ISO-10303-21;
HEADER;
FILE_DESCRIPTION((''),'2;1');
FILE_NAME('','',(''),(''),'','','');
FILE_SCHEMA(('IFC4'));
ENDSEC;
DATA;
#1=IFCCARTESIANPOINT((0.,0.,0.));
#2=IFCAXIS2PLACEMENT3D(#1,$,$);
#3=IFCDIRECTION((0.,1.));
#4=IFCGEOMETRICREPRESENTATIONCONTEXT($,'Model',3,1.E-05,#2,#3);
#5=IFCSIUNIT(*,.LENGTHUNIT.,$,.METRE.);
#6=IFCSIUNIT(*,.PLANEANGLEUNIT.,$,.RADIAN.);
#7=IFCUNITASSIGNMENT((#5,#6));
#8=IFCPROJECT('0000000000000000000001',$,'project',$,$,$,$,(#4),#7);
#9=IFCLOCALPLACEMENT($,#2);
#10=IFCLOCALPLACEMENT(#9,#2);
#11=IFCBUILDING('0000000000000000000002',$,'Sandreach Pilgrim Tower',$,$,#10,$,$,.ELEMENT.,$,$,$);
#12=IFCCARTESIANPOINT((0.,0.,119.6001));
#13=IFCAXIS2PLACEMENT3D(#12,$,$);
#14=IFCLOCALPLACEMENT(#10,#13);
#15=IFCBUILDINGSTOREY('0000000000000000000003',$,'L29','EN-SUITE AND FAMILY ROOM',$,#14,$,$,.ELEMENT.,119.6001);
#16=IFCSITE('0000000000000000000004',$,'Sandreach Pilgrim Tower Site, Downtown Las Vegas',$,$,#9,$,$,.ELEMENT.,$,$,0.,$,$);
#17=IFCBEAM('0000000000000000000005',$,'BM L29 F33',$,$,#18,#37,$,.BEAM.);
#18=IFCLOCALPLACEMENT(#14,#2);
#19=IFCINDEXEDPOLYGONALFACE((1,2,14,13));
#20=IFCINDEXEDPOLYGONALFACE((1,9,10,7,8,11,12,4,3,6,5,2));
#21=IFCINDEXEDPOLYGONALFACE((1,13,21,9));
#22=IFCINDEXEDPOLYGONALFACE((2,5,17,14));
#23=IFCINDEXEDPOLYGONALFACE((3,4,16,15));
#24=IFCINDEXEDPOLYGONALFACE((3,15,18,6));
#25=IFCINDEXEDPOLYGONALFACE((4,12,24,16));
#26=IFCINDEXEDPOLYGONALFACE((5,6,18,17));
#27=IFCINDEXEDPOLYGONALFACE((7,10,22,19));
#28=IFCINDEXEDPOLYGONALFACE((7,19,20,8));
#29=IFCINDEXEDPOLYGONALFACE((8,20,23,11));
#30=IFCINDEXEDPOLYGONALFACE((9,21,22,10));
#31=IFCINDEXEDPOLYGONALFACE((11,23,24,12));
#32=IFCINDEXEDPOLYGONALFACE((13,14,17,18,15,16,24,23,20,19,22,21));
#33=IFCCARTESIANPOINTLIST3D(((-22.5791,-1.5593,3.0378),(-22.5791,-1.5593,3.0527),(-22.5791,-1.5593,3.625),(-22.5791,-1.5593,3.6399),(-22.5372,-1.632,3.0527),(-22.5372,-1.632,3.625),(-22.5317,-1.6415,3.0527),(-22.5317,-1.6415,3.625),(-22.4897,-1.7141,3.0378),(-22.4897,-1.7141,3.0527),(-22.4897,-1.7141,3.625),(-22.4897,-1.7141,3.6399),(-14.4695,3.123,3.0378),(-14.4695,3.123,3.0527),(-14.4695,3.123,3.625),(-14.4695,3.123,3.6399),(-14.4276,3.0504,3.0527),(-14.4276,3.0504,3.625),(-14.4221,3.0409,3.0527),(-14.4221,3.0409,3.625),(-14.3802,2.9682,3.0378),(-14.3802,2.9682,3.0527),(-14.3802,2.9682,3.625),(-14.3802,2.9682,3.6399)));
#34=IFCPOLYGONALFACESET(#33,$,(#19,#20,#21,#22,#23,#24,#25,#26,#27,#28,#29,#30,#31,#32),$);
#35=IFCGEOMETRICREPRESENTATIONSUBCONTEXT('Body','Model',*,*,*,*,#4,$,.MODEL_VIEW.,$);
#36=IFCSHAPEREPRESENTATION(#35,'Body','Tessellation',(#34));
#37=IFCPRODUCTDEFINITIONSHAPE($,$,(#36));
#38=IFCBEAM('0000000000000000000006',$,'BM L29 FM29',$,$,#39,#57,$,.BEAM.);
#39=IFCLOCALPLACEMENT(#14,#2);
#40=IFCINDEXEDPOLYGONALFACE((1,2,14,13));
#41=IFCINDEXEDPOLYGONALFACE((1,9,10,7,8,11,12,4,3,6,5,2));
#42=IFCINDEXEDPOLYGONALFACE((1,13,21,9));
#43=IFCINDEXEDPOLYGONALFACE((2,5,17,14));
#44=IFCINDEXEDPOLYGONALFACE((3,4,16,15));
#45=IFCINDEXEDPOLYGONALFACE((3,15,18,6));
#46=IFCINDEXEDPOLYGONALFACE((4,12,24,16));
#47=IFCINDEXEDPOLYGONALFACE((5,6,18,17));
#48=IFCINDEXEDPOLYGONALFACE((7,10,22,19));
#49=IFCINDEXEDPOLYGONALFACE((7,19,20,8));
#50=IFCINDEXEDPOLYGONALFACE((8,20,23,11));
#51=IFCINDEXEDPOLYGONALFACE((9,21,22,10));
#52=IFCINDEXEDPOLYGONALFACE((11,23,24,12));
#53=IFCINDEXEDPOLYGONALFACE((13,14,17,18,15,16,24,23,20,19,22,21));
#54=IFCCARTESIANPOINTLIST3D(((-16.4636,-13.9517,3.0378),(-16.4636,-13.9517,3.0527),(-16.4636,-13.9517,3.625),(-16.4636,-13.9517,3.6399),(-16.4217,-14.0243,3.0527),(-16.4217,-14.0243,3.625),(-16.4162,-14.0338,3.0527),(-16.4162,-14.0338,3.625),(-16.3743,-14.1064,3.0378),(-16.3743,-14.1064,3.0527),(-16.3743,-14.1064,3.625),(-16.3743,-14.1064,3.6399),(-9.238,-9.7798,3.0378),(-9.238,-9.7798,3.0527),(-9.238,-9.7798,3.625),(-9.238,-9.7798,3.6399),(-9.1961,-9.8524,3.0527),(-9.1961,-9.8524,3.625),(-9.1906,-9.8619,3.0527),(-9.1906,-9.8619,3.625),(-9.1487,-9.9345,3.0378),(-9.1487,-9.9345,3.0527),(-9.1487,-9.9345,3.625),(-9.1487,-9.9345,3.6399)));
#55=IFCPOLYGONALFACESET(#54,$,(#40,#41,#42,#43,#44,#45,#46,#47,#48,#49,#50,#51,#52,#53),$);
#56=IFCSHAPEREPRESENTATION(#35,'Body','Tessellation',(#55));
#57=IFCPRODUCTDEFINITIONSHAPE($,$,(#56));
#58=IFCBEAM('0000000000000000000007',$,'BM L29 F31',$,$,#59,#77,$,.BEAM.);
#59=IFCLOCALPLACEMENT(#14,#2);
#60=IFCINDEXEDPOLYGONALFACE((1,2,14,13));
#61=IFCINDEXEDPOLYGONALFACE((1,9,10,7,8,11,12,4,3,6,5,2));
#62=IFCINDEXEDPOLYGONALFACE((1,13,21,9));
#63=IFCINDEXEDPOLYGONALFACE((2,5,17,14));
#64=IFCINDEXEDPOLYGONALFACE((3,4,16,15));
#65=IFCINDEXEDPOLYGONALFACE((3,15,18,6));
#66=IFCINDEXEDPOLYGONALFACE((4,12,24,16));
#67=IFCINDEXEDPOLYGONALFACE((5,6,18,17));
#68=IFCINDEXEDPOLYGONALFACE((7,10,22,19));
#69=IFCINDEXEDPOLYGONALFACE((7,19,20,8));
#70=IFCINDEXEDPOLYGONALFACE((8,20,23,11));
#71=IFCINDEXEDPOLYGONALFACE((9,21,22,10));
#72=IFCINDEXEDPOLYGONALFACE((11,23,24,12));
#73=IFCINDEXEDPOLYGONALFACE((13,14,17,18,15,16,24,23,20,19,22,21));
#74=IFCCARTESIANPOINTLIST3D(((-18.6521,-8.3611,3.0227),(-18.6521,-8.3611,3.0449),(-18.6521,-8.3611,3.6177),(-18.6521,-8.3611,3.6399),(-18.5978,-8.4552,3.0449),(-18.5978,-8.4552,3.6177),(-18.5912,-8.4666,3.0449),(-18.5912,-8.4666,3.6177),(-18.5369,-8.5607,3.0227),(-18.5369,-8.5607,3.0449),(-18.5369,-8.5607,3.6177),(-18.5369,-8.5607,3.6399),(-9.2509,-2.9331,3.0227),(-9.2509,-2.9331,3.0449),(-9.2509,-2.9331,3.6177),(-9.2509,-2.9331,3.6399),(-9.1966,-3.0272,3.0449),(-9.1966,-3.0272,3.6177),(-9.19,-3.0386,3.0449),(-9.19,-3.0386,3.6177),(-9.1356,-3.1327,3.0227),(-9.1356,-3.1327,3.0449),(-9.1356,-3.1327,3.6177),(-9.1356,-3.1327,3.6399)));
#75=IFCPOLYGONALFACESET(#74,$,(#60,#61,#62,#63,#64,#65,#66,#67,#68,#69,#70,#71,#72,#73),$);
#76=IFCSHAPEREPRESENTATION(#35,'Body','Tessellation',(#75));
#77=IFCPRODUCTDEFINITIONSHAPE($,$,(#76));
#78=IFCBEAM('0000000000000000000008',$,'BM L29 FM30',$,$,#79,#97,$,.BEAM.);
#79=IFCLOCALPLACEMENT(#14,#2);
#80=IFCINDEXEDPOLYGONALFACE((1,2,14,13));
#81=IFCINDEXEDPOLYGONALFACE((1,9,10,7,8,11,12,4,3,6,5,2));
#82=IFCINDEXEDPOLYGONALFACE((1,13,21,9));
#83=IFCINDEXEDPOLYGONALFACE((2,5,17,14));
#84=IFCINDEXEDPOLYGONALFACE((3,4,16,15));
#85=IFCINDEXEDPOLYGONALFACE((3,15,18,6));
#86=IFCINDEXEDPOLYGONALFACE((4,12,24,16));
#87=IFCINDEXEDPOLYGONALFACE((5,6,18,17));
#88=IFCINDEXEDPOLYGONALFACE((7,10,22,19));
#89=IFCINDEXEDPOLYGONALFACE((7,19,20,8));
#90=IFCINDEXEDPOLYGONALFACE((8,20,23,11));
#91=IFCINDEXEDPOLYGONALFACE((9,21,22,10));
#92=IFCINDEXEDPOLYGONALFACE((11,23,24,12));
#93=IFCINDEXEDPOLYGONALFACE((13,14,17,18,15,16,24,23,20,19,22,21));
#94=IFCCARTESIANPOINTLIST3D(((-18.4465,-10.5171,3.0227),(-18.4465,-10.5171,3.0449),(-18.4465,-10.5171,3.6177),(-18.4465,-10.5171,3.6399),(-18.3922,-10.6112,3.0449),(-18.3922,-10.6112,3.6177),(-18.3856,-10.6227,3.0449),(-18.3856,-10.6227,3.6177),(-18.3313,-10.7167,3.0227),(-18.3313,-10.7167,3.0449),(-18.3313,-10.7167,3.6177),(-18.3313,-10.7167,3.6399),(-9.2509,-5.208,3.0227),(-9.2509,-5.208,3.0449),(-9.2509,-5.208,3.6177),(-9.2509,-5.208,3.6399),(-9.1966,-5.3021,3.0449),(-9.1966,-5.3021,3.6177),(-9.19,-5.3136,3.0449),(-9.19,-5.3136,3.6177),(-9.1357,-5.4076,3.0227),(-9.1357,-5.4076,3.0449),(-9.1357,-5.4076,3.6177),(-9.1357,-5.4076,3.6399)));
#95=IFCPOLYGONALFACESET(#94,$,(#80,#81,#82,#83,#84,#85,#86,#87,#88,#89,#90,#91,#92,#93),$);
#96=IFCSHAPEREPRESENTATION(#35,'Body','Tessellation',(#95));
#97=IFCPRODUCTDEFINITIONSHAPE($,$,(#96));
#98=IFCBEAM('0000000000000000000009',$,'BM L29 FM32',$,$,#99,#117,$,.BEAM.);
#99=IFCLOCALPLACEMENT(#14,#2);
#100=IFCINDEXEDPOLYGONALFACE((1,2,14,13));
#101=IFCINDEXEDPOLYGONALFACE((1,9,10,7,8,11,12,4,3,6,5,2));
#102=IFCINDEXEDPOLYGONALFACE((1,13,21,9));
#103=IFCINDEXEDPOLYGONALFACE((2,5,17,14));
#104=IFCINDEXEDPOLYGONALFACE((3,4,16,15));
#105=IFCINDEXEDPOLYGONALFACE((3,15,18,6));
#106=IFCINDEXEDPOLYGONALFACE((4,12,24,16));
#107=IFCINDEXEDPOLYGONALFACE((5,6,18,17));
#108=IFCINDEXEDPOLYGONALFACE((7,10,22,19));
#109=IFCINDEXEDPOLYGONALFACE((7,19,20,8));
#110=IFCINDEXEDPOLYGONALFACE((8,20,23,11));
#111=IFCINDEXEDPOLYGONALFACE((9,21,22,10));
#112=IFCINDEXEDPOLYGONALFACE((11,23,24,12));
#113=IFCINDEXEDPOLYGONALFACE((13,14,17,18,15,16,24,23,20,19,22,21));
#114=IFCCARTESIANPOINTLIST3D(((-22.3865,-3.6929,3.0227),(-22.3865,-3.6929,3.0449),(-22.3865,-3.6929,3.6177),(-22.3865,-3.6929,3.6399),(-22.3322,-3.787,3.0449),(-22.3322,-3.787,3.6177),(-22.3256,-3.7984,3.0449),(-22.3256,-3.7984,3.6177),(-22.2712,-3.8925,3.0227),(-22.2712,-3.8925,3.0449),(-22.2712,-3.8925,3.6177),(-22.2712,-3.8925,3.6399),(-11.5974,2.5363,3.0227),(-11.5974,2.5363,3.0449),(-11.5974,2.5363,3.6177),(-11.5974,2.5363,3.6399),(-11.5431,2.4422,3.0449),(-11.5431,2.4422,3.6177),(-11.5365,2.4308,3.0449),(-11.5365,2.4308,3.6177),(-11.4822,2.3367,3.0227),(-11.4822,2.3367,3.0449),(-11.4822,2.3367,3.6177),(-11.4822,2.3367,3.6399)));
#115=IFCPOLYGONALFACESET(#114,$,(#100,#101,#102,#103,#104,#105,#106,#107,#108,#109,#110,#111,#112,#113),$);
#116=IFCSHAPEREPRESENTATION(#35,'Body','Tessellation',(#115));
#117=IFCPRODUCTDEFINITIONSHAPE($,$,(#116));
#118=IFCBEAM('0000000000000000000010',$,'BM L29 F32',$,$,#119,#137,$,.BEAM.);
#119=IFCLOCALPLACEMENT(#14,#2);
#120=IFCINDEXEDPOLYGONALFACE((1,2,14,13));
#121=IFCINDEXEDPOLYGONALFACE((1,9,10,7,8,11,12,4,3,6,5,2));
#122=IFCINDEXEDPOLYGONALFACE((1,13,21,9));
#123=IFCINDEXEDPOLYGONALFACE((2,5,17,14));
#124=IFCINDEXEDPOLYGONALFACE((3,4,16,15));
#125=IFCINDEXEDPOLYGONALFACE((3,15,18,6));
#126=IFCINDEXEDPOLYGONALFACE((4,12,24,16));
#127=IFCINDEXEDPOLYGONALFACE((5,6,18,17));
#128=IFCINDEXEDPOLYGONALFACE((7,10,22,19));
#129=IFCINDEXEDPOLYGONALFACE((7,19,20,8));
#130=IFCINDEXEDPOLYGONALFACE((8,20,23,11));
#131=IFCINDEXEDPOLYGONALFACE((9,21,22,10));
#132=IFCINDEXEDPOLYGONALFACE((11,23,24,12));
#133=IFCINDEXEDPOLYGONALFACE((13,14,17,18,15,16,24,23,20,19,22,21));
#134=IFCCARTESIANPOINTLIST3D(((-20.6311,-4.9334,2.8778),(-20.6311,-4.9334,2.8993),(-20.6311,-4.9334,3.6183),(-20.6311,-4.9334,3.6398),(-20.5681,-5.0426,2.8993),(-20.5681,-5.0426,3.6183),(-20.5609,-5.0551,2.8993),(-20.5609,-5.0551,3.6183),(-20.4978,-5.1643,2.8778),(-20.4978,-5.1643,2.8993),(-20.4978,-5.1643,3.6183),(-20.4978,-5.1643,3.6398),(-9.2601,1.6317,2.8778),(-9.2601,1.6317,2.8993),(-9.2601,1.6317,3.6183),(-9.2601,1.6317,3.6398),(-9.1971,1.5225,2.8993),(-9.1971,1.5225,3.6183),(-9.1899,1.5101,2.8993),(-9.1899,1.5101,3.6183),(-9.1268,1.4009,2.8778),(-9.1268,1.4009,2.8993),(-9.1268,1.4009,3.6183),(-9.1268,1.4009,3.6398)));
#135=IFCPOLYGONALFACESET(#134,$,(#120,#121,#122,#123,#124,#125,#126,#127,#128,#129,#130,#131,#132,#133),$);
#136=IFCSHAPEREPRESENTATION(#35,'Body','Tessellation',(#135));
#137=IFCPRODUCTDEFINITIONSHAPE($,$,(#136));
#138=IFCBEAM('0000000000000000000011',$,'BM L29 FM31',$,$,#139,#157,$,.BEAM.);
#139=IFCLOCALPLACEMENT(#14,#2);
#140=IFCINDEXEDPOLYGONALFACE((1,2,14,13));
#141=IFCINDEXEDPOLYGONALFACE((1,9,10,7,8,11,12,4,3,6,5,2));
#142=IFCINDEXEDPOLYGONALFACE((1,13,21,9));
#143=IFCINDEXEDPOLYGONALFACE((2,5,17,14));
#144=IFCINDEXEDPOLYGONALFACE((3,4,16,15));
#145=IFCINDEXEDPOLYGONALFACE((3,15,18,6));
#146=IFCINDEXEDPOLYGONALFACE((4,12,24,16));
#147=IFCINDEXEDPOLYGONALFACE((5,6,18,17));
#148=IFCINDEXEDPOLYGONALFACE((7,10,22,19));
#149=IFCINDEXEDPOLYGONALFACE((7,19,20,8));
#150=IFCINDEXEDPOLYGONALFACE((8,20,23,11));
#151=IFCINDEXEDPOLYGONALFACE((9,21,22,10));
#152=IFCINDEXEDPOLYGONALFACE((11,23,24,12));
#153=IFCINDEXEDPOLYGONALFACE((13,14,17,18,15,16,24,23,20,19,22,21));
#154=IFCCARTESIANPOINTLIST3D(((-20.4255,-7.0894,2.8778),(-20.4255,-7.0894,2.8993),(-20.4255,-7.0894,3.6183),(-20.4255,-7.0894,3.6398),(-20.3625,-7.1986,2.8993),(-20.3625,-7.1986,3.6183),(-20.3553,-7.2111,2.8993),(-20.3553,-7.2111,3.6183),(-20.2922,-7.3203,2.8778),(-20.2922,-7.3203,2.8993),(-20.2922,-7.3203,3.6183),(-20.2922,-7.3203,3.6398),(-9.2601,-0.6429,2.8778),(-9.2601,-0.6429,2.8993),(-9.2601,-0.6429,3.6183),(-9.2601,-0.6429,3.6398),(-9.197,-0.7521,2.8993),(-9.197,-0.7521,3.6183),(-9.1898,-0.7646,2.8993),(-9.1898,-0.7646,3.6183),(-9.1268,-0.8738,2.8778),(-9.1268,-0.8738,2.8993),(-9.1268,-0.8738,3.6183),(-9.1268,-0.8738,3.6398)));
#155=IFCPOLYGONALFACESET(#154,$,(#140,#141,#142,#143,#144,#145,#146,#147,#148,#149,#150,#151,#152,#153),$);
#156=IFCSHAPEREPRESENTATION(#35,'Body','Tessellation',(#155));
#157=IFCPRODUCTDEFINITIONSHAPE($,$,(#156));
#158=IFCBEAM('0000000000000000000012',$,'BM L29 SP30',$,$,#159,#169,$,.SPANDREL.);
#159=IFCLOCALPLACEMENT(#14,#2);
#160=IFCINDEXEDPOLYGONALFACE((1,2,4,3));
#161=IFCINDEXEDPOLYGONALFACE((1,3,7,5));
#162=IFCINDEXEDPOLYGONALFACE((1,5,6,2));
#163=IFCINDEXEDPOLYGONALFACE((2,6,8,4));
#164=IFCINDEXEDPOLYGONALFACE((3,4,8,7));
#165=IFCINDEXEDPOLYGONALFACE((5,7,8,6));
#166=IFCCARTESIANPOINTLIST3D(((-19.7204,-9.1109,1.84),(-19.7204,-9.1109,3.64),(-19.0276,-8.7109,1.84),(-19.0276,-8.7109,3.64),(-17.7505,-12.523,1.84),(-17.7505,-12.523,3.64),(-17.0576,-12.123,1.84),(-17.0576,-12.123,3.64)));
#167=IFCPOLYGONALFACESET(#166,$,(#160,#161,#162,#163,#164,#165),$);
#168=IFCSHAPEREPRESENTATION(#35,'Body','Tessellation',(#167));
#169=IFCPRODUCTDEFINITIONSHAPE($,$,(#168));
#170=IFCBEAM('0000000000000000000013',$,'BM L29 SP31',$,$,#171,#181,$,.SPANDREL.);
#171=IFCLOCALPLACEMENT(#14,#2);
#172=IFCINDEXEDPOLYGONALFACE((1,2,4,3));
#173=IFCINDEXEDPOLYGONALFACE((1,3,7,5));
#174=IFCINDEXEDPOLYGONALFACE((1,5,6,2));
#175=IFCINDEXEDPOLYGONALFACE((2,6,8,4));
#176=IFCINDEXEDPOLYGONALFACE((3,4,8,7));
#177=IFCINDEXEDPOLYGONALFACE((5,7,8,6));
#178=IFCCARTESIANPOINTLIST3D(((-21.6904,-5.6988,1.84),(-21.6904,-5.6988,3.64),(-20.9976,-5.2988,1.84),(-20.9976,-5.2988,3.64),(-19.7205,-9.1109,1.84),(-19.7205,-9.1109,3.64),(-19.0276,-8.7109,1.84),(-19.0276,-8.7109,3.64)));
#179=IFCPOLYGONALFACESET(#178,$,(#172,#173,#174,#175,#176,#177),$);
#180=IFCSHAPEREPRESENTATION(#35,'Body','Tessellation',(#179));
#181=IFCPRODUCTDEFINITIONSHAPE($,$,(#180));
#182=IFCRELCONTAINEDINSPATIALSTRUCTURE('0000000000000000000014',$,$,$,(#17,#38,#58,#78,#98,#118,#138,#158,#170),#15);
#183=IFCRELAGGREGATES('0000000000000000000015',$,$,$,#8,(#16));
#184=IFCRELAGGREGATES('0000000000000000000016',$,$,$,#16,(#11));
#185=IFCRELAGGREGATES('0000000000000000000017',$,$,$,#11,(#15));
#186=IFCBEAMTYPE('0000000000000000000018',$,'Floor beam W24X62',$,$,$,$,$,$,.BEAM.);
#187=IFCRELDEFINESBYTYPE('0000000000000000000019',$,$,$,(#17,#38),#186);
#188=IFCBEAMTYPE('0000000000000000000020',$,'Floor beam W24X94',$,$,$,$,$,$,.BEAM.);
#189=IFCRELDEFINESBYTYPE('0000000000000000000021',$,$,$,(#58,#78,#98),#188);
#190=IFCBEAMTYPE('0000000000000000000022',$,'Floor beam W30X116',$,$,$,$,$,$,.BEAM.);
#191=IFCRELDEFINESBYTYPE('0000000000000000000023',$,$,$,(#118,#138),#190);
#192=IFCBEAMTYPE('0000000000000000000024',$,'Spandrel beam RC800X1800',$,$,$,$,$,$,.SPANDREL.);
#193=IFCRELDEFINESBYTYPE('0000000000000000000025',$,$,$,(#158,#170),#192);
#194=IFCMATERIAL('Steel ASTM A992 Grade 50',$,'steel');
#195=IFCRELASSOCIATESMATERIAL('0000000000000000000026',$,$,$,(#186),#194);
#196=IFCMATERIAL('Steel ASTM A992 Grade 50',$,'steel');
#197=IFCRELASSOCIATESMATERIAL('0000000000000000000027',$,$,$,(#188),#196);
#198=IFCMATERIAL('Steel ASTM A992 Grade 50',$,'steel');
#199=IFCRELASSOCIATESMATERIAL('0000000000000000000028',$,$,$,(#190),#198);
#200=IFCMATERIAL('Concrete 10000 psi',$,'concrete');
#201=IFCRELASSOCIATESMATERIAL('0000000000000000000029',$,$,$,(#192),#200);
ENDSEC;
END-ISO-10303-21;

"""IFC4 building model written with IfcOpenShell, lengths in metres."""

from ifc_helpers import new_model, si_unit, direction, frame, origin, origin_2d, place, context, subcontext, project, spatial, rectangle, i_section, extrude, material, material_profile, profile_set, type_object, element, save


model = new_model("IFC4")

# Units and contexts
model_context = context("Model", 3, precision=1e-05, world=origin(), true_north=direction((0.0, 1.0)))
body_context = subcontext(model_context, "Body", "Model", "MODEL_VIEW")
ifc_project = project(units=[si_unit("LENGTHUNIT", "METRE"), si_unit("PLANEANGLEUNIT", "RADIAN")], contexts=[model_context])

# Site, building, storey
site_placement = place(None, origin())
site = spatial("IfcSite", under=ifc_project, at=site_placement, Name="Sandreach Pilgrim Tower Site, Downtown Las Vegas", CompositionType="ELEMENT", RefElevation=0.0)
building_placement = place(site_placement, origin())
building = spatial("IfcBuilding", under=site, at=building_placement, Name="Sandreach Pilgrim Tower", CompositionType="ELEMENT")
storey_placement = place(building_placement, frame((0.0, 0.0, 119.6001)))
storey = spatial("IfcBuildingStorey", under=building, at=storey_placement, Name="L29", Description="EN-SUITE AND FAMILY ROOM", CompositionType="ELEMENT", Elevation=119.6001)

# Beams
ifc_material_1 = material(Name="Steel ASTM A992 Grade 50", Category="steel")
ifc_material_profile_1 = material_profile(ifc_material_1, i_section(OverallWidth=0.1787, OverallDepth=0.6021, WebThickness=0.011, FlangeThickness=0.0149, at=origin_2d()), Name="W24X62")
ifc_profile_set_1 = profile_set([ifc_material_profile_1], Name="Steel ASTM A992 Grade 50")
beam_type_1 = type_object("IfcBeamType", Name="Floor beam W24X62", PredefinedType="BEAM", material=ifc_profile_set_1)
beam_1_placement = place(storey_placement, frame((-22.5344, -1.6367, 3.3389), z_axis=(0.866012, 0.500023, 0.0), x_axis=(-0.500023, 0.866012, 0.0)))
element("IfcBeam", 1, at=beam_1_placement, inside=storey, type_object=beam_type_1, Name="BM L29 F33", PredefinedType="BEAM", context=body_context, shape_type="SweptSolid", body=[
    extrude(i_section(OverallWidth=0.1787, OverallDepth=0.6021, WebThickness=0.011, FlangeThickness=0.0149, at=origin_2d()), origin(), (0.0, 0.0, 1.0), 9.3643),
])
beam_2_placement = place(storey_placement, frame((-16.4189, -14.0291, 3.3389), z_axis=(0.866016, 0.500016, 0.0), x_axis=(-0.500016, 0.866016, 0.0)))
element("IfcBeam", 2, at=beam_2_placement, inside=storey, type_object=beam_type_1, Name="BM L29 FM29", PredefinedType="BEAM", context=body_context, shape_type="SweptSolid", body=[
    extrude(i_section(OverallWidth=0.1787, OverallDepth=0.6021, WebThickness=0.011, FlangeThickness=0.0149, at=origin_2d()), origin(), (0.0, 0.0, 1.0), 8.3435),
])
ifc_material_2 = material(Name="Steel ASTM A992 Grade 50", Category="steel")
ifc_material_profile_2 = material_profile(ifc_material_2, i_section(OverallWidth=0.2305, OverallDepth=0.6172, WebThickness=0.0132, FlangeThickness=0.0222, at=origin_2d()), Name="W24X94")
ifc_profile_set_2 = profile_set([ifc_material_profile_2], Name="Steel ASTM A992 Grade 50")
beam_type_2 = type_object("IfcBeamType", Name="Floor beam W24X94", PredefinedType="BEAM", material=ifc_profile_set_2)
beam_3_placement = place(storey_placement, frame((-18.5945, -8.4609, 3.3313), z_axis=(0.866016, 0.500016, 0.0), x_axis=(-0.500016, 0.866016, 0.0)))
element("IfcBeam", 3, at=beam_3_placement, inside=storey, type_object=beam_type_2, Name="BM L29 F31", PredefinedType="BEAM", context=body_context, shape_type="SweptSolid", body=[
    extrude(i_section(OverallWidth=0.2305, OverallDepth=0.6172, WebThickness=0.0132, FlangeThickness=0.0222, at=origin_2d()), origin(), (0.0, 0.0, 1.0), 10.8557),
])
beam_4_placement = place(storey_placement, frame((-18.3889, -10.6169, 3.3313), z_axis=(0.866024, 0.500002, 0.0), x_axis=(-0.500002, 0.866024, 0.0)))
element("IfcBeam", 4, at=beam_4_placement, inside=storey, type_object=beam_type_2, Name="BM L29 FM30", PredefinedType="BEAM", context=body_context, shape_type="SweptSolid", body=[
    extrude(i_section(OverallWidth=0.2305, OverallDepth=0.6172, WebThickness=0.0132, FlangeThickness=0.0222, at=origin_2d()), origin(), (0.0, 0.0, 1.0), 10.6182),
])
beam_5_placement = place(storey_placement, frame((-22.3289, -3.7927, 3.3313), z_axis=(0.866019, 0.500011, 0.0), x_axis=(-0.500011, 0.866019, 0.0)))
element("IfcBeam", 5, at=beam_5_placement, inside=storey, type_object=beam_type_2, Name="BM L29 FM32", PredefinedType="BEAM", context=body_context, shape_type="SweptSolid", body=[
    extrude(i_section(OverallWidth=0.2305, OverallDepth=0.6172, WebThickness=0.0132, FlangeThickness=0.0222, at=origin_2d()), origin(), (0.0, 0.0, 1.0), 12.4583),
])
ifc_material_3 = material(Name="Steel ASTM A992 Grade 50", Category="steel")
ifc_material_profile_3 = material_profile(ifc_material_3, i_section(OverallWidth=0.2666, OverallDepth=0.762, WebThickness=0.0144, FlangeThickness=0.0215, at=origin_2d()), Name="W30X116")
ifc_profile_set_3 = profile_set([ifc_material_profile_3], Name="Steel ASTM A992 Grade 50")
beam_type_3 = type_object("IfcBeamType", Name="Floor beam W30X116", PredefinedType="BEAM", material=ifc_profile_set_3)
beam_6_placement = place(storey_placement, frame((-20.5645, -5.0488, 3.2588), z_axis=(0.866023, 0.500005, 0.0), x_axis=(-0.500005, 0.866023, 0.0)))
element("IfcBeam", 6, at=beam_6_placement, inside=storey, type_object=beam_type_3, Name="BM L29 F32", PredefinedType="BEAM", context=body_context, shape_type="SweptSolid", body=[
    extrude(i_section(OverallWidth=0.2666, OverallDepth=0.762, WebThickness=0.0144, FlangeThickness=0.0215, at=origin_2d()), origin(), (0.0, 0.0, 1.0), 13.1301),
])
beam_7_placement = place(storey_placement, frame((-20.3589, -7.2048, 3.2588), z_axis=(0.866022, 0.500007, 0.0), x_axis=(-0.500007, 0.866022, 0.0)))
element("IfcBeam", 7, at=beam_7_placement, inside=storey, type_object=beam_type_3, Name="BM L29 FM31", PredefinedType="BEAM", context=body_context, shape_type="SweptSolid", body=[
    extrude(i_section(OverallWidth=0.2666, OverallDepth=0.762, WebThickness=0.0144, FlangeThickness=0.0215, at=origin_2d()), origin(), (0.0, 0.0, 1.0), 12.8928),
])
ifc_material_4 = material(Name="Concrete 10000 psi", Category="concrete")
ifc_material_profile_4 = material_profile(ifc_material_4, rectangle(XDim=0.8, YDim=1.8, at=origin_2d()), Name="RC800X1800")
ifc_profile_set_4 = profile_set([ifc_material_profile_4], Name="Concrete 10000 psi")
beam_type_4 = type_object("IfcBeamType", Name="Spandrel beam RC800X1800", PredefinedType="SPANDREL", material=ifc_profile_set_4)
for number, where, z_axis, x_axis, name in (
    (8, (-17.4041, -12.323, 2.74), (-0.499998, 0.866027, 0.0), (-0.866027, -0.499998, 0.0), "BM L29 SP30"),
    (9, (-19.374, -8.9109, 2.74), (-0.499998, 0.866027, 0.0), (-0.866027, -0.499998, 0.0), "BM L29 SP31"),
):
    element("IfcBeam", number, at=place(storey_placement, frame(where, z_axis=z_axis, x_axis=x_axis)), inside=storey, type_object=beam_type_4, Name=name, PredefinedType="SPANDREL", context=body_context, shape_type="SweptSolid", body=[
        extrude(rectangle(XDim=0.8, YDim=1.8, at=origin_2d()), origin(), (0.0, 0.0, 1.0), 3.9399),
    ])

save(model, "model.ifc")
